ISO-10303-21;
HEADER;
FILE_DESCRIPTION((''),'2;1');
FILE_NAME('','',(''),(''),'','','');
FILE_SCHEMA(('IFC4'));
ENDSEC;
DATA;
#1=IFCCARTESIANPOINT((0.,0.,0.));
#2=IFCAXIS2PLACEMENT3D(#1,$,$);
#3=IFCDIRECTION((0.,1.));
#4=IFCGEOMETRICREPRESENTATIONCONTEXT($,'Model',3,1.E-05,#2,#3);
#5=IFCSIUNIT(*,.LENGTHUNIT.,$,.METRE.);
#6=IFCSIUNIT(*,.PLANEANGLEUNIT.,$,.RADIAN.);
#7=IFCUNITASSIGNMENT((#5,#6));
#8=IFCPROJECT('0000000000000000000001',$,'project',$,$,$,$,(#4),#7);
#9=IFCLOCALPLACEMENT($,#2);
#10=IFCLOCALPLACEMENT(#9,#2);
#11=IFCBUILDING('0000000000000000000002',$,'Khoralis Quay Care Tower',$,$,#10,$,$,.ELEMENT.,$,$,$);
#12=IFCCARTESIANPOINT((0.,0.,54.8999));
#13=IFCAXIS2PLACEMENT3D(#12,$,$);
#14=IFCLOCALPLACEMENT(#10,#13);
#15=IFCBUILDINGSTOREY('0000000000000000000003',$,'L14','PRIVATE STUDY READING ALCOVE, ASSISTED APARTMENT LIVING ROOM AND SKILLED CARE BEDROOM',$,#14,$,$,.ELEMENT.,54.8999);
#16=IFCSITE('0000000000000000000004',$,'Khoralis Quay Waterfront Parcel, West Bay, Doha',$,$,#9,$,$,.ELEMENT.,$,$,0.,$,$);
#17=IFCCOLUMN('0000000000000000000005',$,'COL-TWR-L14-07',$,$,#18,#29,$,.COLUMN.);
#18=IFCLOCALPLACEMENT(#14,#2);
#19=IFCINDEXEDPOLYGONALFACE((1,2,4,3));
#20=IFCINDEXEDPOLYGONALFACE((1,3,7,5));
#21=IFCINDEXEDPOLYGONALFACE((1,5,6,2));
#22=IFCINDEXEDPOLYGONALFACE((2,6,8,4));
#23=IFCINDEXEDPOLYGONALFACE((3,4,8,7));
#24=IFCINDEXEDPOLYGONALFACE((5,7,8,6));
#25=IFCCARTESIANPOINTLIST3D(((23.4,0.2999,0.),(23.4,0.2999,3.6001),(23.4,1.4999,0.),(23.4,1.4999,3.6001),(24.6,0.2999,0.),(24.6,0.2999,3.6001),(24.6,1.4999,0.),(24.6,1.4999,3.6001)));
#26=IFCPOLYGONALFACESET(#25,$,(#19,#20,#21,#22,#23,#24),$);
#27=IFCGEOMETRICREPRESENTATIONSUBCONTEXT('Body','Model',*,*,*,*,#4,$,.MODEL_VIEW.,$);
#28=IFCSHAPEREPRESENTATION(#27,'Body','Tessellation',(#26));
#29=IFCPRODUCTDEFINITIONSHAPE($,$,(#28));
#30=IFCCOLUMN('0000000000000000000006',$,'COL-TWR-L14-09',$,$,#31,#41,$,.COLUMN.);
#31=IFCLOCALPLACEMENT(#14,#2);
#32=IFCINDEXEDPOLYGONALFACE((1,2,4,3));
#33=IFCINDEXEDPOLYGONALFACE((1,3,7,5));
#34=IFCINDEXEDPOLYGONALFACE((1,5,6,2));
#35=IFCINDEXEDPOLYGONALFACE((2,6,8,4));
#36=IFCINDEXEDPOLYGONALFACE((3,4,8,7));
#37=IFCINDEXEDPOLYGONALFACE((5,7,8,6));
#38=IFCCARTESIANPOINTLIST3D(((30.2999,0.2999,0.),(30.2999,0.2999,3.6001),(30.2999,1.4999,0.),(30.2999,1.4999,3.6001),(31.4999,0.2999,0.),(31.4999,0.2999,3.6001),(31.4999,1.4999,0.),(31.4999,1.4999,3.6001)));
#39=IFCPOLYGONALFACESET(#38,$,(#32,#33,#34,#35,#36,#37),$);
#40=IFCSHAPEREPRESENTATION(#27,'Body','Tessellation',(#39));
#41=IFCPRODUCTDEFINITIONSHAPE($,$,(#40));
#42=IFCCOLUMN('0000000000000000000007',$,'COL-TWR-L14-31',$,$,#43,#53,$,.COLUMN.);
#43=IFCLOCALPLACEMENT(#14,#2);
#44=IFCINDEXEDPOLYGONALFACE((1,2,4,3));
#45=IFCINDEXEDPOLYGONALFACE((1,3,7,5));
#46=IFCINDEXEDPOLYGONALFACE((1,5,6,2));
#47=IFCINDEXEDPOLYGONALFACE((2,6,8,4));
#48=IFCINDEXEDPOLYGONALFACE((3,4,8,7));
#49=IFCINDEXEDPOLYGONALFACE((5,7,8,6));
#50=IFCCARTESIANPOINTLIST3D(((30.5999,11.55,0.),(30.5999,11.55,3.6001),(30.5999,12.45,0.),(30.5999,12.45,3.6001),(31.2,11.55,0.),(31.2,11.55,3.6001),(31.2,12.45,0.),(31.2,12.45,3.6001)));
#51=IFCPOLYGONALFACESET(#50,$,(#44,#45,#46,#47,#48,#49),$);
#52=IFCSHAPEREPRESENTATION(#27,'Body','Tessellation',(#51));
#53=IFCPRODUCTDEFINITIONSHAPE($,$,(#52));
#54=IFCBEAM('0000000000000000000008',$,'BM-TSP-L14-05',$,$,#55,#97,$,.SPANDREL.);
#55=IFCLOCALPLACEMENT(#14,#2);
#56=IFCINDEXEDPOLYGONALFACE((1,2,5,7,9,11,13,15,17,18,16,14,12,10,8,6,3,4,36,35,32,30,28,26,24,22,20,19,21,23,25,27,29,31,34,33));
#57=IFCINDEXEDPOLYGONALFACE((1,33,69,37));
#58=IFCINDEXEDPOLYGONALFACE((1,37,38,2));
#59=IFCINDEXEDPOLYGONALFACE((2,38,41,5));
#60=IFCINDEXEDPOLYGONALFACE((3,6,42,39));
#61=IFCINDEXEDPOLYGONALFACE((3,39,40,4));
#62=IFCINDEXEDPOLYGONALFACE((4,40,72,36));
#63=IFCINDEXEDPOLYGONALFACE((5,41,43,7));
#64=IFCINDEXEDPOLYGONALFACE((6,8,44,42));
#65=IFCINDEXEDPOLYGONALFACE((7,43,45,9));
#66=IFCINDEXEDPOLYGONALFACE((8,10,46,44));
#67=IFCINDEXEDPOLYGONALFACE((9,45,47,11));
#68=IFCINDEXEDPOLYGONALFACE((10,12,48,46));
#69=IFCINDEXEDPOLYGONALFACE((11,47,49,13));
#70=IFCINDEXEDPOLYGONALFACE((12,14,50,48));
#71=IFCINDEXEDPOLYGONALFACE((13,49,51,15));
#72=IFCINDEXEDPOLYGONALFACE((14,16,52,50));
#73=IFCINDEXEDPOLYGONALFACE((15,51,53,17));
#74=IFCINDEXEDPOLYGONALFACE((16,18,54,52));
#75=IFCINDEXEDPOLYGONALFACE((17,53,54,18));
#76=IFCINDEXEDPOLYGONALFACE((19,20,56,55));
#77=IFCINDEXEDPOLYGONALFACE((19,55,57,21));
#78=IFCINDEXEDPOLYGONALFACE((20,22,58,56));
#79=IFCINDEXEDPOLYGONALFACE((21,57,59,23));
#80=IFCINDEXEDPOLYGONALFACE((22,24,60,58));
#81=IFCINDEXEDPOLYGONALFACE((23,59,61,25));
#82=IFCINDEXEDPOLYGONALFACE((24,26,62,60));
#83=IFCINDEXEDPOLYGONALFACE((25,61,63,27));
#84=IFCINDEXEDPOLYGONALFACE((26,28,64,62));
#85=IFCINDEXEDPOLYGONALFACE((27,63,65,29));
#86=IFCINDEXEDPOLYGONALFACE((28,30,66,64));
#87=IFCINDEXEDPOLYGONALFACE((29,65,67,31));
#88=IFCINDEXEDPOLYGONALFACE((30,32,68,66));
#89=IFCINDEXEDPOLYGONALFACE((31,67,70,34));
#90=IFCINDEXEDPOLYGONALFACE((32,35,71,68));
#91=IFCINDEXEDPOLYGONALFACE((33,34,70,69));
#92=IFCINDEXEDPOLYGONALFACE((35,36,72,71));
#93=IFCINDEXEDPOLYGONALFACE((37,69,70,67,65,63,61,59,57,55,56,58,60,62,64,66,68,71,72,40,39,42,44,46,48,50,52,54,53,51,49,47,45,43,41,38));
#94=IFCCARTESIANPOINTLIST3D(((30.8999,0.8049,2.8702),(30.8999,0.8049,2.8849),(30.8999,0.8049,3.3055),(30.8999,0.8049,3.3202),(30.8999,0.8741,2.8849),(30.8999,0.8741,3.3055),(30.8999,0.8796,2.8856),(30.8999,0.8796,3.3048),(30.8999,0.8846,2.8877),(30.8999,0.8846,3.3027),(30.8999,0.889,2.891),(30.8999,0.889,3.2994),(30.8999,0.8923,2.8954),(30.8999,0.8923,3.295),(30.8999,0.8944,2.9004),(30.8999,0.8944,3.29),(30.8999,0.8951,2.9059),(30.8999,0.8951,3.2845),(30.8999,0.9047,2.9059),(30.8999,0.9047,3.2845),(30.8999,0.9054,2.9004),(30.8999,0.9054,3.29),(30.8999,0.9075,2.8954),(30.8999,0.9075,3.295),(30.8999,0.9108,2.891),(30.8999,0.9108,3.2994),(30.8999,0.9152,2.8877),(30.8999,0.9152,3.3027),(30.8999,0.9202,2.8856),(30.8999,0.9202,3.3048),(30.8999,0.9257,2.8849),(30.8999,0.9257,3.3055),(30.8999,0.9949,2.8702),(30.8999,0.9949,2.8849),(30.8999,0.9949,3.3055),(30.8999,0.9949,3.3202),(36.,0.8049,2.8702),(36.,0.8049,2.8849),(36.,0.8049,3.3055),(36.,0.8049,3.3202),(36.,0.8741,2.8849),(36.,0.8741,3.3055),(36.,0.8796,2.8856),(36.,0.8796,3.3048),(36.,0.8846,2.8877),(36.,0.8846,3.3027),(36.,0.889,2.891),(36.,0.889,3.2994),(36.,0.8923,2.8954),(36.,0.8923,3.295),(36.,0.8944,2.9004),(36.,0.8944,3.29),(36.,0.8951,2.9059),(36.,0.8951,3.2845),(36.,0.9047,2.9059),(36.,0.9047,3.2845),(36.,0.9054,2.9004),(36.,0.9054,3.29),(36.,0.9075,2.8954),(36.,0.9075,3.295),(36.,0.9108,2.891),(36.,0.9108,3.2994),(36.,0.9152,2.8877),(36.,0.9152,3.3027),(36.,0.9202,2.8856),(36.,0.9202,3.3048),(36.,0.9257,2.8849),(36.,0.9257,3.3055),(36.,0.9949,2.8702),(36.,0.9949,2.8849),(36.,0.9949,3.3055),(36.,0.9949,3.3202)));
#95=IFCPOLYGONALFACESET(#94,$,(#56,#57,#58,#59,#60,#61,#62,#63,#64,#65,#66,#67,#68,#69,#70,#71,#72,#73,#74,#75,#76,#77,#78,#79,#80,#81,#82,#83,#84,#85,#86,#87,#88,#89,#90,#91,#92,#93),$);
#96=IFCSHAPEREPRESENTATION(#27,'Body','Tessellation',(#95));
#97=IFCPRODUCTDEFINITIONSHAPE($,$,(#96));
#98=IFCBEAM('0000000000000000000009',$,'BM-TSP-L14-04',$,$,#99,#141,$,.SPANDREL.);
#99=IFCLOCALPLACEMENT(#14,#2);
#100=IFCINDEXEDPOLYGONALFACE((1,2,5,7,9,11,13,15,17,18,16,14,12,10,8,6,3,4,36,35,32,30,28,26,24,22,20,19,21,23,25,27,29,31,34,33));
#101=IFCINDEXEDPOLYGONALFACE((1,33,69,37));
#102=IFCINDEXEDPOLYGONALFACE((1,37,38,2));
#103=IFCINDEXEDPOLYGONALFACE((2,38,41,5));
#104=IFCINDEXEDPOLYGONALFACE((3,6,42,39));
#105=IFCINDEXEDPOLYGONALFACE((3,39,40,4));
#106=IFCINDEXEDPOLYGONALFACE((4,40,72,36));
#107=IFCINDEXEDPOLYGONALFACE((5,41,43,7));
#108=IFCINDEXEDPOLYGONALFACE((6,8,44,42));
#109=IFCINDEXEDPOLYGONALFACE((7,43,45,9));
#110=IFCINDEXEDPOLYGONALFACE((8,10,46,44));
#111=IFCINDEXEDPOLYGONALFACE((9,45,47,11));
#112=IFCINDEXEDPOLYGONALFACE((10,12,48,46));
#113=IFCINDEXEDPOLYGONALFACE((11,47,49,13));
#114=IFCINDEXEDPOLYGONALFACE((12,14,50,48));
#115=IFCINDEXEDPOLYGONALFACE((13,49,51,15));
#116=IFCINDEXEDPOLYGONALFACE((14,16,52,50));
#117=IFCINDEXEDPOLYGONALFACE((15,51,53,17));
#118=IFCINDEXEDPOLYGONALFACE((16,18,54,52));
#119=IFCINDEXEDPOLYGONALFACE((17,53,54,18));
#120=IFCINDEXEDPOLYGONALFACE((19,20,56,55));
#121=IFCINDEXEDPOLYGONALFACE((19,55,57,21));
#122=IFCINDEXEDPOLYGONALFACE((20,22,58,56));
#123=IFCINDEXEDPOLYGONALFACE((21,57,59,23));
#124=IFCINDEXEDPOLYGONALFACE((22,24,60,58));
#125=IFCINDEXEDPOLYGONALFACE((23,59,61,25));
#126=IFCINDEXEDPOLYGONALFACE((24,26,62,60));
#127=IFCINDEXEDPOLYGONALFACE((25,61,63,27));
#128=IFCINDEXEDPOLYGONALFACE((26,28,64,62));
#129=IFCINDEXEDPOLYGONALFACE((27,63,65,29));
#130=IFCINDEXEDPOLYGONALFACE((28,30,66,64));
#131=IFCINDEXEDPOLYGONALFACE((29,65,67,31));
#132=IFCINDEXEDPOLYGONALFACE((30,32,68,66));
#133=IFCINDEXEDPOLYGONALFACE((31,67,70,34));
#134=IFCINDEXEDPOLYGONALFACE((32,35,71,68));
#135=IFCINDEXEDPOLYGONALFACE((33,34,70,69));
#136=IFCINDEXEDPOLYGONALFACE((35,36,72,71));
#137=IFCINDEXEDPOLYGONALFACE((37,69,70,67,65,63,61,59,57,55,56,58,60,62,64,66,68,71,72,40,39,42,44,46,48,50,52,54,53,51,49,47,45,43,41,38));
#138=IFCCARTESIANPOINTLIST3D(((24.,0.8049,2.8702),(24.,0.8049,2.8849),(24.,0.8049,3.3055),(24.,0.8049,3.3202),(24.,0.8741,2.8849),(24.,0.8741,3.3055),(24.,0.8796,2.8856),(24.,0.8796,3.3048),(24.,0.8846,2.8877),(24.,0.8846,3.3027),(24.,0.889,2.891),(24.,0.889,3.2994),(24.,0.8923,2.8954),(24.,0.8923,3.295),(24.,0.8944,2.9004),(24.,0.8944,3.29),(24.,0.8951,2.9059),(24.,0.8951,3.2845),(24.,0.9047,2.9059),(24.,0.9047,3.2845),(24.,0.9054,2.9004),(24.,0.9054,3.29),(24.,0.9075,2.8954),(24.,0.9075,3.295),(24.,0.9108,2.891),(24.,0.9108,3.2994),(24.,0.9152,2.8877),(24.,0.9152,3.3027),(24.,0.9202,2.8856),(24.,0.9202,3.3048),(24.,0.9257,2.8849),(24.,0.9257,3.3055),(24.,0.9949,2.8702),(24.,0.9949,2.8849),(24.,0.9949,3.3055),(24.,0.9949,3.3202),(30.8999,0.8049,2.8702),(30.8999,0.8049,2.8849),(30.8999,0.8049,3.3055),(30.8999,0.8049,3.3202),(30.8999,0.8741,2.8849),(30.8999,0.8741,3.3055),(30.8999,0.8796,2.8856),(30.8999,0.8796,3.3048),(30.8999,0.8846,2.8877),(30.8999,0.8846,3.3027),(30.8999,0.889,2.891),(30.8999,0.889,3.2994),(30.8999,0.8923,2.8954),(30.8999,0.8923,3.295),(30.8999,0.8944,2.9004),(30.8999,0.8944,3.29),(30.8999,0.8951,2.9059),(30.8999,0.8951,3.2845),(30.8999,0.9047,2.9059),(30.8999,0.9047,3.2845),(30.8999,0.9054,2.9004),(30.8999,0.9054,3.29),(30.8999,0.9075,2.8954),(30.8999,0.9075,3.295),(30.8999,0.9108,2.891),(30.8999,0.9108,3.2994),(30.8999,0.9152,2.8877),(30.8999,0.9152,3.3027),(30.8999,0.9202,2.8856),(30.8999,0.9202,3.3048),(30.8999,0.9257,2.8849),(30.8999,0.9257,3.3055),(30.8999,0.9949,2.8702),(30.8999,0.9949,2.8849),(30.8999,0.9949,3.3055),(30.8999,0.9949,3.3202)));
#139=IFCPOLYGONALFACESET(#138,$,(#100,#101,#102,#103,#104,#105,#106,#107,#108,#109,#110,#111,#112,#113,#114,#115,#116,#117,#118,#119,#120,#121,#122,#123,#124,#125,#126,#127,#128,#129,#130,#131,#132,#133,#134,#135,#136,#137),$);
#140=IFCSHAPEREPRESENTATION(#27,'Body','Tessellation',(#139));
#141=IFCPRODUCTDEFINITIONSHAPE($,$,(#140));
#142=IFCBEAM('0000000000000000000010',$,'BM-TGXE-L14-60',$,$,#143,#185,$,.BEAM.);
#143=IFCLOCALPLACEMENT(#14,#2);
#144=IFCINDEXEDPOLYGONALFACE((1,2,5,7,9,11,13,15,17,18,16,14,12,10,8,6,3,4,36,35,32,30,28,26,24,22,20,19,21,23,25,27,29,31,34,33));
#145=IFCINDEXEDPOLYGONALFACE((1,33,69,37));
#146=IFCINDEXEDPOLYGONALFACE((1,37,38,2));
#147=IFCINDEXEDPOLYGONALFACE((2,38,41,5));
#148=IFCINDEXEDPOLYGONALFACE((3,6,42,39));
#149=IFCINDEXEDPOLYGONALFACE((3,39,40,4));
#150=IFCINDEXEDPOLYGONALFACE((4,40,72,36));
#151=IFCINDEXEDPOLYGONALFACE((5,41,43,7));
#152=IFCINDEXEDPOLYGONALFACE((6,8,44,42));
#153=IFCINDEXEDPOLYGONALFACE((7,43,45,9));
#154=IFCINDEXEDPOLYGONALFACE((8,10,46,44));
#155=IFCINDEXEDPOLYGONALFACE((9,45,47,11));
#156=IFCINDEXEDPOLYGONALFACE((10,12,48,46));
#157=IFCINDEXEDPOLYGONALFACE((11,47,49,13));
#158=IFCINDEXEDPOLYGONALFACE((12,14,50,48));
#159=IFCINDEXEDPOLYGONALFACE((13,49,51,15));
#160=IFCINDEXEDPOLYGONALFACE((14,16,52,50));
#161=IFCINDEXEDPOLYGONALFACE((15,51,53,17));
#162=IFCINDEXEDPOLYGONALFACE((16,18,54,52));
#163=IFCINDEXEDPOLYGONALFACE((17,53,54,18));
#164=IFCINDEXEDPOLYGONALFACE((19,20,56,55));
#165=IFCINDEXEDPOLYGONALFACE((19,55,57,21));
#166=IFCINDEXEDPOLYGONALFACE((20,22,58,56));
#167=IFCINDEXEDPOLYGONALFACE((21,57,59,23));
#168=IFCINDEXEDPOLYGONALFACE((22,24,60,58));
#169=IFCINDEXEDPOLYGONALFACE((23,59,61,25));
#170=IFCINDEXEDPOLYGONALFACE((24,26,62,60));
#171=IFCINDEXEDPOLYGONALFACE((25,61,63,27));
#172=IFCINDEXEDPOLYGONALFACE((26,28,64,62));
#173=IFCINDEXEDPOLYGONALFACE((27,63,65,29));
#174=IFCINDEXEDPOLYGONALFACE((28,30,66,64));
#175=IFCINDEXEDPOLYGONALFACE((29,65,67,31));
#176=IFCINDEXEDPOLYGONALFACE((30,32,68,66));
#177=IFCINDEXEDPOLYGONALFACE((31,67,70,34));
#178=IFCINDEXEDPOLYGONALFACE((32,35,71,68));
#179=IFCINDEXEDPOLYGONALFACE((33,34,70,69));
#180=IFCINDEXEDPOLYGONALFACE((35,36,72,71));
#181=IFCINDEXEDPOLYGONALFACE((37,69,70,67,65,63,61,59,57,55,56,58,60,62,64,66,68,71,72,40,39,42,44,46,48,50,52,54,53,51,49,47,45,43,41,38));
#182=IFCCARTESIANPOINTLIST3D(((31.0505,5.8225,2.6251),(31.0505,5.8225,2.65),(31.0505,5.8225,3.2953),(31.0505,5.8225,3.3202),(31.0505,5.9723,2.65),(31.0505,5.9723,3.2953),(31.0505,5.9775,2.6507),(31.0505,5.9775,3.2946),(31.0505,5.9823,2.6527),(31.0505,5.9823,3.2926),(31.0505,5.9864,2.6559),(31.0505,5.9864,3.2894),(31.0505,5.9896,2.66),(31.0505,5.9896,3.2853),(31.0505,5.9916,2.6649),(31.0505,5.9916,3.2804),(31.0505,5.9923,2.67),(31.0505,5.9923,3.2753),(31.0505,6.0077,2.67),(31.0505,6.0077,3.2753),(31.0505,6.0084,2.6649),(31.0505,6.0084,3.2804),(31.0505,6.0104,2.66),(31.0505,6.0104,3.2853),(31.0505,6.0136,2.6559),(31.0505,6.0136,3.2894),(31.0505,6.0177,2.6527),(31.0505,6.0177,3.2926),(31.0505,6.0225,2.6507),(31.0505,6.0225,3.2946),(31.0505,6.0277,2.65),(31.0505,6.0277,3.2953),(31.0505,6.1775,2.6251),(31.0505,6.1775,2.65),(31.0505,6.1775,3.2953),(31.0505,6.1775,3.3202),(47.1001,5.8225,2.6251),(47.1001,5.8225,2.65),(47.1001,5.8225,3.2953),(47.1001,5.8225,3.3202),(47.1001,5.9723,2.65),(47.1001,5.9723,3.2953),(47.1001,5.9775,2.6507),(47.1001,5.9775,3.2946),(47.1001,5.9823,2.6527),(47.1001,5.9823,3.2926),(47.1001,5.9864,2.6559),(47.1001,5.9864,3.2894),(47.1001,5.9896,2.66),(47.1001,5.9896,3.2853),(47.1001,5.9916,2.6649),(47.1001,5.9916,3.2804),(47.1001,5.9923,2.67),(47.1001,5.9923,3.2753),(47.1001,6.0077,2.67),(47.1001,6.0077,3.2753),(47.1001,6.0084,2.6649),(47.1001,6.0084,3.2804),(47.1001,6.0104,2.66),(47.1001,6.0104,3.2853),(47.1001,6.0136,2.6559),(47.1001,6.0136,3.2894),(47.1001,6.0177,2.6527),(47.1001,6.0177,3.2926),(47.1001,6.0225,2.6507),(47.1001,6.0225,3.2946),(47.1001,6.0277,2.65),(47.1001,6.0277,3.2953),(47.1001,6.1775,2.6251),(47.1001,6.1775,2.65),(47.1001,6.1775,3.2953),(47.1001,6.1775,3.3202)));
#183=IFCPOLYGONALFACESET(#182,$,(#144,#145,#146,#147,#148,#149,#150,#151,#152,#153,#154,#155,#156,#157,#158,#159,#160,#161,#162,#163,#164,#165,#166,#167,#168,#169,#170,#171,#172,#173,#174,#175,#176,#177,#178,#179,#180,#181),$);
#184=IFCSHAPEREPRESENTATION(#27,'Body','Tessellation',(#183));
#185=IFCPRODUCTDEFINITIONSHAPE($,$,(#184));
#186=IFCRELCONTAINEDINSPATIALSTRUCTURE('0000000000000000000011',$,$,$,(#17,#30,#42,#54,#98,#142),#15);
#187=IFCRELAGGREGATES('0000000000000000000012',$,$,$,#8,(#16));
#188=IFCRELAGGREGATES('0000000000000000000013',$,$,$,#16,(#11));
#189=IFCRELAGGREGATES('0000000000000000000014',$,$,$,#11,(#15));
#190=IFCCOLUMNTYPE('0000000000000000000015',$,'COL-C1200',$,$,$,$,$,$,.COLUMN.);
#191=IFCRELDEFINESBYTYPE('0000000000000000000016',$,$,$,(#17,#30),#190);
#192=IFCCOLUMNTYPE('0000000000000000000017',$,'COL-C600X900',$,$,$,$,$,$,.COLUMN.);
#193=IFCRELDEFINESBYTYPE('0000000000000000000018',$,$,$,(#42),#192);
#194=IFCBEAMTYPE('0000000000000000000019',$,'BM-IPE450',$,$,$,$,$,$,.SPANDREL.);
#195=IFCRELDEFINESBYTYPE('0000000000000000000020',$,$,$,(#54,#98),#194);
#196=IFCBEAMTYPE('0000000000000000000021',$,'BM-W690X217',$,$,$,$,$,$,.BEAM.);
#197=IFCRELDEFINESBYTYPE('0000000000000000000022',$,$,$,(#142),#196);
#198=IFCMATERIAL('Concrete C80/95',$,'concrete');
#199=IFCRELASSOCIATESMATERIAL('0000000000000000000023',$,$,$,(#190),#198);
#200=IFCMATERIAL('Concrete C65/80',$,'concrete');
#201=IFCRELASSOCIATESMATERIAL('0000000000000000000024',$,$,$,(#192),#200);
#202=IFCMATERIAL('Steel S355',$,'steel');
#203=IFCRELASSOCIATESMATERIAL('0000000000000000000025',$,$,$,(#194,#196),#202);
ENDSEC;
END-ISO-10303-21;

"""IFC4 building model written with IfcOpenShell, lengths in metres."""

from ifc_helpers import new_model, si_unit, direction, frame, origin, origin_2d, place, context, subcontext, project, spatial, rectangle, i_section, extrude, source, transform, mapped, material, material_profile, profile_set, type_object, element, save


model = new_model("IFC4")

# Units and contexts
model_context = context("Model", 3, precision=1e-05, world=origin(), true_north=direction((0.0, 1.0)))
body_context = subcontext(model_context, "Body", "Model", "MODEL_VIEW")
ifc_project = project(units=[si_unit("LENGTHUNIT", "METRE"), si_unit("PLANEANGLEUNIT", "RADIAN")], contexts=[model_context])

# Site, building, storey
site_placement = place(None, origin())
site = spatial("IfcSite", under=ifc_project, at=site_placement, Name="Khoralis Quay Waterfront Parcel, West Bay, Doha", CompositionType="ELEMENT", RefElevation=0.0)
building_placement = place(site_placement, origin())
building = spatial("IfcBuilding", under=site, at=building_placement, Name="Khoralis Quay Care Tower", CompositionType="ELEMENT")
storey_placement = place(building_placement, frame((0.0, 0.0, 54.8999)))
storey = spatial("IfcBuildingStorey", under=building, at=storey_placement, Name="L14", Description="PRIVATE STUDY READING ALCOVE, ASSISTED APARTMENT LIVING ROOM AND SKILLED CARE BEDROOM", CompositionType="ELEMENT", Elevation=54.8999)

# Columns
ifc_material_1 = material(Name="Concrete C80/95", Category="concrete")
ifc_material_profile_1 = material_profile(ifc_material_1, rectangle(XDim=1.2, YDim=1.2, at=origin_2d()), Name="Concrete C80/95")
ifc_profile_set_1 = profile_set([ifc_material_profile_1], Name="Concrete C80/95")
column_type_1 = type_object("IfcColumnType", Name="COL-C1200", PredefinedType="COLUMN", material=ifc_profile_set_1)
shared_shape_1 = source(origin(), body_context, "Body", "SweptSolid", [
    extrude(rectangle(XDim=1.2, YDim=1.2, at=origin_2d()), origin(), (0.0, 0.0, 1.0), 3.6001),
])
for number, where, z_axis, x_axis, name in (
    (1, (24.0, 0.8999, 0.0), (0.0, 0.0, 1.0), (1.0, 0.0, 0.0), "COL-TWR-L14-07"),
    (2, (30.8999, 0.8999, 0.0), (0.0, 0.0, 1.0), (1.0, 0.0, 0.0), "COL-TWR-L14-09"),
):
    element("IfcColumn", number, at=place(storey_placement, frame(where, z_axis=z_axis, x_axis=x_axis)), inside=storey, type_object=column_type_1, Name=name, PredefinedType="COLUMN", context=body_context, shape_type="MappedRepresentation", body=[
        mapped(shared_shape_1, transform((0.0, 0.0, 0.0), scale=1.0)),
    ])
ifc_material_2 = material(Name="Concrete C65/80", Category="concrete")
ifc_material_profile_2 = material_profile(ifc_material_2, rectangle(XDim=0.6001, YDim=0.8999, at=origin_2d()), Name="Concrete C65/80")
ifc_profile_set_2 = profile_set([ifc_material_profile_2], Name="Concrete C65/80")
column_type_2 = type_object("IfcColumnType", Name="COL-C600X900", PredefinedType="COLUMN", material=ifc_profile_set_2)
shared_shape_2 = source(origin(), body_context, "Body", "SweptSolid", [
    extrude(rectangle(XDim=0.6001, YDim=0.8999, at=origin_2d()), origin(), (0.0, 0.0, 1.0), 3.6001),
])
column_placement = place(storey_placement, frame((30.8999, 12.0, 0.0), z_axis=(0.0, 0.0, 1.0), x_axis=(1.0, 0.0, 0.0)))
element("IfcColumn", 3, at=column_placement, inside=storey, type_object=column_type_2, Name="COL-TWR-L14-31", PredefinedType="COLUMN", context=body_context, shape_type="MappedRepresentation", body=[
    mapped(shared_shape_2, transform((0.0, 0.0, 0.0), scale=1.0)),
])

# Beams
ifc_material_3 = material(Name="Steel S355", Category="steel")
ifc_material_profile_3 = material_profile(ifc_material_3, i_section(OverallWidth=0.1899, OverallDepth=0.45, WebThickness=0.0095, FlangeThickness=0.0146, FilletRadius=0.021, at=origin_2d()), Name="Steel S355")
ifc_profile_set_3 = profile_set([ifc_material_profile_3], Name="Steel S355")
beam_type_1 = type_object("IfcBeamType", Name="BM-IPE450", PredefinedType="SPANDREL", material=ifc_profile_set_3)
shared_shape_3 = source(origin(), body_context, "Body", "SweptSolid", [
    extrude(i_section(OverallWidth=0.1899, OverallDepth=0.45, WebThickness=0.0095, FlangeThickness=0.0146, FilletRadius=0.021, at=origin_2d()), origin(), (0.0, 0.0, 1.0), 5.1001),
])
beam_1_placement = place(storey_placement, frame((30.8999, 0.8999, 3.0952), z_axis=(1.0, 0.0, 0.0), x_axis=(0.0, 1.0, 0.0)))
element("IfcBeam", 4, at=beam_1_placement, inside=storey, type_object=beam_type_1, Name="BM-TSP-L14-05", PredefinedType="SPANDREL", context=body_context, shape_type="MappedRepresentation", body=[
    mapped(shared_shape_3, transform((0.0, 0.0, 0.0), scale=1.0)),
])
shared_shape_4 = source(origin(), body_context, "Body", "SweptSolid", [
    extrude(i_section(OverallWidth=0.1899, OverallDepth=0.45, WebThickness=0.0095, FlangeThickness=0.0146, FilletRadius=0.021, at=origin_2d()), origin(), (0.0, 0.0, 1.0), 6.8999),
])
beam_2_placement = place(storey_placement, frame((24.0, 0.8999, 3.0952), z_axis=(1.0, 0.0, 0.0), x_axis=(0.0, 1.0, 0.0)))
element("IfcBeam", 5, at=beam_2_placement, inside=storey, type_object=beam_type_1, Name="BM-TSP-L14-04", PredefinedType="SPANDREL", context=body_context, shape_type="MappedRepresentation", body=[
    mapped(shared_shape_4, transform((0.0, 0.0, 0.0), scale=1.0)),
])
ifc_material_profile_4 = material_profile(ifc_material_3, i_section(OverallWidth=0.355, OverallDepth=0.6951, WebThickness=0.0154, FlangeThickness=0.0249, FilletRadius=0.02, at=origin_2d()), Name="Steel S355")
ifc_profile_set_4 = profile_set([ifc_material_profile_4], Name="Steel S355")
beam_type_2 = type_object("IfcBeamType", Name="BM-W690X217", PredefinedType="BEAM", material=ifc_profile_set_4)
shared_shape_5 = source(origin(), body_context, "Body", "SweptSolid", [
    extrude(i_section(OverallWidth=0.355, OverallDepth=0.6951, WebThickness=0.0154, FlangeThickness=0.0249, FilletRadius=0.02, at=origin_2d()), origin(), (0.0, 0.0, 1.0), 16.0496),
])
beam_3_placement = place(storey_placement, frame((31.0505, 6.0, 2.9727), z_axis=(1.0, 0.0, 0.0), x_axis=(0.0, 1.0, 0.0)))
element("IfcBeam", 6, at=beam_3_placement, inside=storey, type_object=beam_type_2, Name="BM-TGXE-L14-60", PredefinedType="BEAM", context=body_context, shape_type="MappedRepresentation", body=[
    mapped(shared_shape_5, transform((0.0, 0.0, 0.0), scale=1.0)),
])

save(model, "model.ifc")
